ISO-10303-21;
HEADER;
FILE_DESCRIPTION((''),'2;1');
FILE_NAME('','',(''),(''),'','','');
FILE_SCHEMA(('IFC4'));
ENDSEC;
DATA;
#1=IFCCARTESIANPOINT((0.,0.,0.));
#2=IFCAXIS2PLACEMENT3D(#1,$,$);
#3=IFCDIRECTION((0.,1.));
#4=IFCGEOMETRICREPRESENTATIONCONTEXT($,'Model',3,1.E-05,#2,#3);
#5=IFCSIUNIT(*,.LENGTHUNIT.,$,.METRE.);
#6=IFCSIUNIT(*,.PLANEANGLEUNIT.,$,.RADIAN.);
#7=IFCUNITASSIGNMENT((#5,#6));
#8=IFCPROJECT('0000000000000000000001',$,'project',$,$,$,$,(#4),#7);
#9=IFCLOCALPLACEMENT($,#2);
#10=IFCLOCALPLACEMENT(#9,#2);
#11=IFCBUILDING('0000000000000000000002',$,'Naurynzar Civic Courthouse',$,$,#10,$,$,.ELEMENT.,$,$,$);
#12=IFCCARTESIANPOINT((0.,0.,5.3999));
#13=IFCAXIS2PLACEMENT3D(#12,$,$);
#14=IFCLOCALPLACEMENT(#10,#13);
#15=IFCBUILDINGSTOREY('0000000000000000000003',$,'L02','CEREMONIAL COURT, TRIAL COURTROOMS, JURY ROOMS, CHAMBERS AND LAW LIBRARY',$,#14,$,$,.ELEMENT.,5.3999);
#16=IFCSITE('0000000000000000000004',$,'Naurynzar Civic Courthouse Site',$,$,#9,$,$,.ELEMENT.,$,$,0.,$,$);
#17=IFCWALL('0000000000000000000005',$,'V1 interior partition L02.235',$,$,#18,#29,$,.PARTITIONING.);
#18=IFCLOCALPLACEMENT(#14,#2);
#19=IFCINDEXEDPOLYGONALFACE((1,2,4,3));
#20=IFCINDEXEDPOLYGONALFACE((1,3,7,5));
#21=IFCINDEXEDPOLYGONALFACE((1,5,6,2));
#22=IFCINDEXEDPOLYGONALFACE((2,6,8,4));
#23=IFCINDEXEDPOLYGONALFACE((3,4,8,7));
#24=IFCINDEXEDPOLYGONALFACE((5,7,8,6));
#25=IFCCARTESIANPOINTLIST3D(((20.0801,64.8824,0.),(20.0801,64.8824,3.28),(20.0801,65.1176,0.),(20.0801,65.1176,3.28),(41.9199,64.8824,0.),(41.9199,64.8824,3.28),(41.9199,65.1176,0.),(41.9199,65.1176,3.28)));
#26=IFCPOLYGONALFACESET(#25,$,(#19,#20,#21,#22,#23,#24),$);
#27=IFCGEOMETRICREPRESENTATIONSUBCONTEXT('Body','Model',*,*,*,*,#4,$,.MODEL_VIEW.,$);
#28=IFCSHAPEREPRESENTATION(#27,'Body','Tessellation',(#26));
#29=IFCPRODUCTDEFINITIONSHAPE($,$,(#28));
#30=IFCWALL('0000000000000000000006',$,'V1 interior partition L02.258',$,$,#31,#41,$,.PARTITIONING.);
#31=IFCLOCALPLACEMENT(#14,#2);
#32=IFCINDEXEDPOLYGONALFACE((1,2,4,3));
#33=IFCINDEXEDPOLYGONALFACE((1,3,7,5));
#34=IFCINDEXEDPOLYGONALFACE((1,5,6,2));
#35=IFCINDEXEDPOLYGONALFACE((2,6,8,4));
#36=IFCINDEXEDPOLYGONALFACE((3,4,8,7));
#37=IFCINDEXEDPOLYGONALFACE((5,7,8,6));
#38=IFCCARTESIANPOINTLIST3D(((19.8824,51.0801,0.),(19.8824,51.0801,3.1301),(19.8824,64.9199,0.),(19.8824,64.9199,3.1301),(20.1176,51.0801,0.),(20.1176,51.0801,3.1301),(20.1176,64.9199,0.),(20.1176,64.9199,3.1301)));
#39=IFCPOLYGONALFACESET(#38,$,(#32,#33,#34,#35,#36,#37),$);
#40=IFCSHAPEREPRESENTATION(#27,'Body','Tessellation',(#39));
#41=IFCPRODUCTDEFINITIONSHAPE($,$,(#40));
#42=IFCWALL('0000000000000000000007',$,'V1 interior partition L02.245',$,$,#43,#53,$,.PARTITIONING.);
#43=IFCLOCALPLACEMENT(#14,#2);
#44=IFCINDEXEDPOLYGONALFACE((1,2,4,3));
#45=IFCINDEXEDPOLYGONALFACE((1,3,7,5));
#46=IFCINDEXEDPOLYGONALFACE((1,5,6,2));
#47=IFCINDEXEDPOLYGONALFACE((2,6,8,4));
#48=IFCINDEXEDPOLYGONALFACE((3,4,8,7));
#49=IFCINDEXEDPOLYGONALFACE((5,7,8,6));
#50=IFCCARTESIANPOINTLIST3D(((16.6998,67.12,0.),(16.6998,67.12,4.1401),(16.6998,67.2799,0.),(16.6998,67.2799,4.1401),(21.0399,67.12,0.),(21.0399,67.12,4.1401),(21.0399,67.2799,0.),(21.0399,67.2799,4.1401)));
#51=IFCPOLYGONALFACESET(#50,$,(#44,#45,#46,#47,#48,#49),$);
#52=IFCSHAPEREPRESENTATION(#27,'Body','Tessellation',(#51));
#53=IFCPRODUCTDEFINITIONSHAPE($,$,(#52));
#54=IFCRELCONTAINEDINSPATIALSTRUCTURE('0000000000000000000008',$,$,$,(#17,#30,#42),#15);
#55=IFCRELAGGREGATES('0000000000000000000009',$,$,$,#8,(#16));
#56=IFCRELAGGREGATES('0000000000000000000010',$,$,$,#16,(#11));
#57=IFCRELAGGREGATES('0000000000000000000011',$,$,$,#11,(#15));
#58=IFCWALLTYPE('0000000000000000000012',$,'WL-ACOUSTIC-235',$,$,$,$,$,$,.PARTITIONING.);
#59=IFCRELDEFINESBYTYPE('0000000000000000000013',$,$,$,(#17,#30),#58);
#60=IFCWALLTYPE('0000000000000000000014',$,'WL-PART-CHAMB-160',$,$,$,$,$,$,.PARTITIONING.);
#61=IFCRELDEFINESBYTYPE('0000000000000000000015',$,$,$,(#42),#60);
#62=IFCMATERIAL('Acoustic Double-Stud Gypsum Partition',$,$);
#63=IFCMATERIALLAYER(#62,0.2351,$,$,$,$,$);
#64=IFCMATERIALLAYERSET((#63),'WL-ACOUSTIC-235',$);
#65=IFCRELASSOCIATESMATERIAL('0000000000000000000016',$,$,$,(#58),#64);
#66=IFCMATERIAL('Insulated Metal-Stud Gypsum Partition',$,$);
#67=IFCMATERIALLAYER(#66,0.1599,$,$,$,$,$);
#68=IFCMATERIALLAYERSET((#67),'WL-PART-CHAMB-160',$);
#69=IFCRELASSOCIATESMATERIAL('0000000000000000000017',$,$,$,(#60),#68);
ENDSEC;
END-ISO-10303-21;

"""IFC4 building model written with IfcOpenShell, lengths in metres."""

from ifc_helpers import new_model, si_unit, direction, frame, frame_2d, origin, place, context, subcontext, project, spatial, rectangle, extrude, material, layer, layer_set, type_object, element, save


model = new_model("IFC4")

# Units and contexts
model_context = context("Model", 3, precision=1e-05, world=origin(), true_north=direction((0.0, 1.0)))
body_context = subcontext(model_context, "Body", "Model", "MODEL_VIEW")
ifc_project = project(units=[si_unit("LENGTHUNIT", "METRE"), si_unit("PLANEANGLEUNIT", "RADIAN")], contexts=[model_context])

# Site, building, storey
site_placement = place(None, origin())
site = spatial("IfcSite", under=ifc_project, at=site_placement, Name="Naurynzar Civic Courthouse Site", CompositionType="ELEMENT", RefElevation=0.0)
building_placement = place(site_placement, origin())
building = spatial("IfcBuilding", under=site, at=building_placement, Name="Naurynzar Civic Courthouse", CompositionType="ELEMENT")
storey_placement = place(building_placement, frame((0.0, 0.0, 5.3999)))
storey = spatial("IfcBuildingStorey", under=building, at=storey_placement, Name="L02", Description="CEREMONIAL COURT, TRIAL COURTROOMS, JURY ROOMS, CHAMBERS AND LAW LIBRARY", CompositionType="ELEMENT", Elevation=5.3999)

# Walls
ifc_material_1 = material(Name="Acoustic Double-Stud Gypsum Partition")
ifc_layer_1 = layer(ifc_material_1, 0.2351)
ifc_layer_set_1 = layer_set([ifc_layer_1], Name="WL-ACOUSTIC-235")
wall_type_1 = type_object("IfcWallType", Name="WL-ACOUSTIC-235", PredefinedType="PARTITIONING", material=ifc_layer_set_1)
wall_1_placement = place(storey_placement, frame((20.0801, 65.0, 0.0), z_axis=(0.0, 0.0, 1.0), x_axis=(1.0, 0.0, 0.0)))
element("IfcWall", 1, at=wall_1_placement, inside=storey, type_object=wall_type_1, Name="V1 interior partition L02.235", PredefinedType="PARTITIONING", context=body_context, shape_type="SweptSolid", body=[
    extrude(rectangle(XDim=21.8398, YDim=0.2351, at=frame_2d((10.9199, 0.0))), origin(), (0.0, 0.0, 1.0), 3.28),
])
wall_2_placement = place(storey_placement, frame((20.0, 51.0801, 0.0), z_axis=(0.0, 0.0, 1.0), x_axis=(0.0, 1.0, 0.0)))
element("IfcWall", 2, at=wall_2_placement, inside=storey, type_object=wall_type_1, Name="V1 interior partition L02.258", PredefinedType="PARTITIONING", context=body_context, shape_type="SweptSolid", body=[
    extrude(rectangle(XDim=13.8398, YDim=0.2351, at=frame_2d((6.9199, 0.0))), origin(), (0.0, 0.0, 1.0), 3.1301),
])
ifc_material_2 = material(Name="Insulated Metal-Stud Gypsum Partition")
ifc_layer_2 = layer(ifc_material_2, 0.1599)
ifc_layer_set_2 = layer_set([ifc_layer_2], Name="WL-PART-CHAMB-160")
wall_type_2 = type_object("IfcWallType", Name="WL-PART-CHAMB-160", PredefinedType="PARTITIONING", material=ifc_layer_set_2)
wall_3_placement = place(storey_placement, frame((16.7, 67.2, 0.0), z_axis=(0.0, 0.0, 1.0), x_axis=(1.0, 0.0, 0.0)))
element("IfcWall", 3, at=wall_3_placement, inside=storey, type_object=wall_type_2, Name="V1 interior partition L02.245", PredefinedType="PARTITIONING", context=body_context, shape_type="SweptSolid", body=[
    extrude(rectangle(XDim=4.3401, YDim=0.1599, at=frame_2d((2.1699, 0.0))), origin(), (0.0, 0.0, 1.0), 4.1401),
])

save(model, "model.ifc")
